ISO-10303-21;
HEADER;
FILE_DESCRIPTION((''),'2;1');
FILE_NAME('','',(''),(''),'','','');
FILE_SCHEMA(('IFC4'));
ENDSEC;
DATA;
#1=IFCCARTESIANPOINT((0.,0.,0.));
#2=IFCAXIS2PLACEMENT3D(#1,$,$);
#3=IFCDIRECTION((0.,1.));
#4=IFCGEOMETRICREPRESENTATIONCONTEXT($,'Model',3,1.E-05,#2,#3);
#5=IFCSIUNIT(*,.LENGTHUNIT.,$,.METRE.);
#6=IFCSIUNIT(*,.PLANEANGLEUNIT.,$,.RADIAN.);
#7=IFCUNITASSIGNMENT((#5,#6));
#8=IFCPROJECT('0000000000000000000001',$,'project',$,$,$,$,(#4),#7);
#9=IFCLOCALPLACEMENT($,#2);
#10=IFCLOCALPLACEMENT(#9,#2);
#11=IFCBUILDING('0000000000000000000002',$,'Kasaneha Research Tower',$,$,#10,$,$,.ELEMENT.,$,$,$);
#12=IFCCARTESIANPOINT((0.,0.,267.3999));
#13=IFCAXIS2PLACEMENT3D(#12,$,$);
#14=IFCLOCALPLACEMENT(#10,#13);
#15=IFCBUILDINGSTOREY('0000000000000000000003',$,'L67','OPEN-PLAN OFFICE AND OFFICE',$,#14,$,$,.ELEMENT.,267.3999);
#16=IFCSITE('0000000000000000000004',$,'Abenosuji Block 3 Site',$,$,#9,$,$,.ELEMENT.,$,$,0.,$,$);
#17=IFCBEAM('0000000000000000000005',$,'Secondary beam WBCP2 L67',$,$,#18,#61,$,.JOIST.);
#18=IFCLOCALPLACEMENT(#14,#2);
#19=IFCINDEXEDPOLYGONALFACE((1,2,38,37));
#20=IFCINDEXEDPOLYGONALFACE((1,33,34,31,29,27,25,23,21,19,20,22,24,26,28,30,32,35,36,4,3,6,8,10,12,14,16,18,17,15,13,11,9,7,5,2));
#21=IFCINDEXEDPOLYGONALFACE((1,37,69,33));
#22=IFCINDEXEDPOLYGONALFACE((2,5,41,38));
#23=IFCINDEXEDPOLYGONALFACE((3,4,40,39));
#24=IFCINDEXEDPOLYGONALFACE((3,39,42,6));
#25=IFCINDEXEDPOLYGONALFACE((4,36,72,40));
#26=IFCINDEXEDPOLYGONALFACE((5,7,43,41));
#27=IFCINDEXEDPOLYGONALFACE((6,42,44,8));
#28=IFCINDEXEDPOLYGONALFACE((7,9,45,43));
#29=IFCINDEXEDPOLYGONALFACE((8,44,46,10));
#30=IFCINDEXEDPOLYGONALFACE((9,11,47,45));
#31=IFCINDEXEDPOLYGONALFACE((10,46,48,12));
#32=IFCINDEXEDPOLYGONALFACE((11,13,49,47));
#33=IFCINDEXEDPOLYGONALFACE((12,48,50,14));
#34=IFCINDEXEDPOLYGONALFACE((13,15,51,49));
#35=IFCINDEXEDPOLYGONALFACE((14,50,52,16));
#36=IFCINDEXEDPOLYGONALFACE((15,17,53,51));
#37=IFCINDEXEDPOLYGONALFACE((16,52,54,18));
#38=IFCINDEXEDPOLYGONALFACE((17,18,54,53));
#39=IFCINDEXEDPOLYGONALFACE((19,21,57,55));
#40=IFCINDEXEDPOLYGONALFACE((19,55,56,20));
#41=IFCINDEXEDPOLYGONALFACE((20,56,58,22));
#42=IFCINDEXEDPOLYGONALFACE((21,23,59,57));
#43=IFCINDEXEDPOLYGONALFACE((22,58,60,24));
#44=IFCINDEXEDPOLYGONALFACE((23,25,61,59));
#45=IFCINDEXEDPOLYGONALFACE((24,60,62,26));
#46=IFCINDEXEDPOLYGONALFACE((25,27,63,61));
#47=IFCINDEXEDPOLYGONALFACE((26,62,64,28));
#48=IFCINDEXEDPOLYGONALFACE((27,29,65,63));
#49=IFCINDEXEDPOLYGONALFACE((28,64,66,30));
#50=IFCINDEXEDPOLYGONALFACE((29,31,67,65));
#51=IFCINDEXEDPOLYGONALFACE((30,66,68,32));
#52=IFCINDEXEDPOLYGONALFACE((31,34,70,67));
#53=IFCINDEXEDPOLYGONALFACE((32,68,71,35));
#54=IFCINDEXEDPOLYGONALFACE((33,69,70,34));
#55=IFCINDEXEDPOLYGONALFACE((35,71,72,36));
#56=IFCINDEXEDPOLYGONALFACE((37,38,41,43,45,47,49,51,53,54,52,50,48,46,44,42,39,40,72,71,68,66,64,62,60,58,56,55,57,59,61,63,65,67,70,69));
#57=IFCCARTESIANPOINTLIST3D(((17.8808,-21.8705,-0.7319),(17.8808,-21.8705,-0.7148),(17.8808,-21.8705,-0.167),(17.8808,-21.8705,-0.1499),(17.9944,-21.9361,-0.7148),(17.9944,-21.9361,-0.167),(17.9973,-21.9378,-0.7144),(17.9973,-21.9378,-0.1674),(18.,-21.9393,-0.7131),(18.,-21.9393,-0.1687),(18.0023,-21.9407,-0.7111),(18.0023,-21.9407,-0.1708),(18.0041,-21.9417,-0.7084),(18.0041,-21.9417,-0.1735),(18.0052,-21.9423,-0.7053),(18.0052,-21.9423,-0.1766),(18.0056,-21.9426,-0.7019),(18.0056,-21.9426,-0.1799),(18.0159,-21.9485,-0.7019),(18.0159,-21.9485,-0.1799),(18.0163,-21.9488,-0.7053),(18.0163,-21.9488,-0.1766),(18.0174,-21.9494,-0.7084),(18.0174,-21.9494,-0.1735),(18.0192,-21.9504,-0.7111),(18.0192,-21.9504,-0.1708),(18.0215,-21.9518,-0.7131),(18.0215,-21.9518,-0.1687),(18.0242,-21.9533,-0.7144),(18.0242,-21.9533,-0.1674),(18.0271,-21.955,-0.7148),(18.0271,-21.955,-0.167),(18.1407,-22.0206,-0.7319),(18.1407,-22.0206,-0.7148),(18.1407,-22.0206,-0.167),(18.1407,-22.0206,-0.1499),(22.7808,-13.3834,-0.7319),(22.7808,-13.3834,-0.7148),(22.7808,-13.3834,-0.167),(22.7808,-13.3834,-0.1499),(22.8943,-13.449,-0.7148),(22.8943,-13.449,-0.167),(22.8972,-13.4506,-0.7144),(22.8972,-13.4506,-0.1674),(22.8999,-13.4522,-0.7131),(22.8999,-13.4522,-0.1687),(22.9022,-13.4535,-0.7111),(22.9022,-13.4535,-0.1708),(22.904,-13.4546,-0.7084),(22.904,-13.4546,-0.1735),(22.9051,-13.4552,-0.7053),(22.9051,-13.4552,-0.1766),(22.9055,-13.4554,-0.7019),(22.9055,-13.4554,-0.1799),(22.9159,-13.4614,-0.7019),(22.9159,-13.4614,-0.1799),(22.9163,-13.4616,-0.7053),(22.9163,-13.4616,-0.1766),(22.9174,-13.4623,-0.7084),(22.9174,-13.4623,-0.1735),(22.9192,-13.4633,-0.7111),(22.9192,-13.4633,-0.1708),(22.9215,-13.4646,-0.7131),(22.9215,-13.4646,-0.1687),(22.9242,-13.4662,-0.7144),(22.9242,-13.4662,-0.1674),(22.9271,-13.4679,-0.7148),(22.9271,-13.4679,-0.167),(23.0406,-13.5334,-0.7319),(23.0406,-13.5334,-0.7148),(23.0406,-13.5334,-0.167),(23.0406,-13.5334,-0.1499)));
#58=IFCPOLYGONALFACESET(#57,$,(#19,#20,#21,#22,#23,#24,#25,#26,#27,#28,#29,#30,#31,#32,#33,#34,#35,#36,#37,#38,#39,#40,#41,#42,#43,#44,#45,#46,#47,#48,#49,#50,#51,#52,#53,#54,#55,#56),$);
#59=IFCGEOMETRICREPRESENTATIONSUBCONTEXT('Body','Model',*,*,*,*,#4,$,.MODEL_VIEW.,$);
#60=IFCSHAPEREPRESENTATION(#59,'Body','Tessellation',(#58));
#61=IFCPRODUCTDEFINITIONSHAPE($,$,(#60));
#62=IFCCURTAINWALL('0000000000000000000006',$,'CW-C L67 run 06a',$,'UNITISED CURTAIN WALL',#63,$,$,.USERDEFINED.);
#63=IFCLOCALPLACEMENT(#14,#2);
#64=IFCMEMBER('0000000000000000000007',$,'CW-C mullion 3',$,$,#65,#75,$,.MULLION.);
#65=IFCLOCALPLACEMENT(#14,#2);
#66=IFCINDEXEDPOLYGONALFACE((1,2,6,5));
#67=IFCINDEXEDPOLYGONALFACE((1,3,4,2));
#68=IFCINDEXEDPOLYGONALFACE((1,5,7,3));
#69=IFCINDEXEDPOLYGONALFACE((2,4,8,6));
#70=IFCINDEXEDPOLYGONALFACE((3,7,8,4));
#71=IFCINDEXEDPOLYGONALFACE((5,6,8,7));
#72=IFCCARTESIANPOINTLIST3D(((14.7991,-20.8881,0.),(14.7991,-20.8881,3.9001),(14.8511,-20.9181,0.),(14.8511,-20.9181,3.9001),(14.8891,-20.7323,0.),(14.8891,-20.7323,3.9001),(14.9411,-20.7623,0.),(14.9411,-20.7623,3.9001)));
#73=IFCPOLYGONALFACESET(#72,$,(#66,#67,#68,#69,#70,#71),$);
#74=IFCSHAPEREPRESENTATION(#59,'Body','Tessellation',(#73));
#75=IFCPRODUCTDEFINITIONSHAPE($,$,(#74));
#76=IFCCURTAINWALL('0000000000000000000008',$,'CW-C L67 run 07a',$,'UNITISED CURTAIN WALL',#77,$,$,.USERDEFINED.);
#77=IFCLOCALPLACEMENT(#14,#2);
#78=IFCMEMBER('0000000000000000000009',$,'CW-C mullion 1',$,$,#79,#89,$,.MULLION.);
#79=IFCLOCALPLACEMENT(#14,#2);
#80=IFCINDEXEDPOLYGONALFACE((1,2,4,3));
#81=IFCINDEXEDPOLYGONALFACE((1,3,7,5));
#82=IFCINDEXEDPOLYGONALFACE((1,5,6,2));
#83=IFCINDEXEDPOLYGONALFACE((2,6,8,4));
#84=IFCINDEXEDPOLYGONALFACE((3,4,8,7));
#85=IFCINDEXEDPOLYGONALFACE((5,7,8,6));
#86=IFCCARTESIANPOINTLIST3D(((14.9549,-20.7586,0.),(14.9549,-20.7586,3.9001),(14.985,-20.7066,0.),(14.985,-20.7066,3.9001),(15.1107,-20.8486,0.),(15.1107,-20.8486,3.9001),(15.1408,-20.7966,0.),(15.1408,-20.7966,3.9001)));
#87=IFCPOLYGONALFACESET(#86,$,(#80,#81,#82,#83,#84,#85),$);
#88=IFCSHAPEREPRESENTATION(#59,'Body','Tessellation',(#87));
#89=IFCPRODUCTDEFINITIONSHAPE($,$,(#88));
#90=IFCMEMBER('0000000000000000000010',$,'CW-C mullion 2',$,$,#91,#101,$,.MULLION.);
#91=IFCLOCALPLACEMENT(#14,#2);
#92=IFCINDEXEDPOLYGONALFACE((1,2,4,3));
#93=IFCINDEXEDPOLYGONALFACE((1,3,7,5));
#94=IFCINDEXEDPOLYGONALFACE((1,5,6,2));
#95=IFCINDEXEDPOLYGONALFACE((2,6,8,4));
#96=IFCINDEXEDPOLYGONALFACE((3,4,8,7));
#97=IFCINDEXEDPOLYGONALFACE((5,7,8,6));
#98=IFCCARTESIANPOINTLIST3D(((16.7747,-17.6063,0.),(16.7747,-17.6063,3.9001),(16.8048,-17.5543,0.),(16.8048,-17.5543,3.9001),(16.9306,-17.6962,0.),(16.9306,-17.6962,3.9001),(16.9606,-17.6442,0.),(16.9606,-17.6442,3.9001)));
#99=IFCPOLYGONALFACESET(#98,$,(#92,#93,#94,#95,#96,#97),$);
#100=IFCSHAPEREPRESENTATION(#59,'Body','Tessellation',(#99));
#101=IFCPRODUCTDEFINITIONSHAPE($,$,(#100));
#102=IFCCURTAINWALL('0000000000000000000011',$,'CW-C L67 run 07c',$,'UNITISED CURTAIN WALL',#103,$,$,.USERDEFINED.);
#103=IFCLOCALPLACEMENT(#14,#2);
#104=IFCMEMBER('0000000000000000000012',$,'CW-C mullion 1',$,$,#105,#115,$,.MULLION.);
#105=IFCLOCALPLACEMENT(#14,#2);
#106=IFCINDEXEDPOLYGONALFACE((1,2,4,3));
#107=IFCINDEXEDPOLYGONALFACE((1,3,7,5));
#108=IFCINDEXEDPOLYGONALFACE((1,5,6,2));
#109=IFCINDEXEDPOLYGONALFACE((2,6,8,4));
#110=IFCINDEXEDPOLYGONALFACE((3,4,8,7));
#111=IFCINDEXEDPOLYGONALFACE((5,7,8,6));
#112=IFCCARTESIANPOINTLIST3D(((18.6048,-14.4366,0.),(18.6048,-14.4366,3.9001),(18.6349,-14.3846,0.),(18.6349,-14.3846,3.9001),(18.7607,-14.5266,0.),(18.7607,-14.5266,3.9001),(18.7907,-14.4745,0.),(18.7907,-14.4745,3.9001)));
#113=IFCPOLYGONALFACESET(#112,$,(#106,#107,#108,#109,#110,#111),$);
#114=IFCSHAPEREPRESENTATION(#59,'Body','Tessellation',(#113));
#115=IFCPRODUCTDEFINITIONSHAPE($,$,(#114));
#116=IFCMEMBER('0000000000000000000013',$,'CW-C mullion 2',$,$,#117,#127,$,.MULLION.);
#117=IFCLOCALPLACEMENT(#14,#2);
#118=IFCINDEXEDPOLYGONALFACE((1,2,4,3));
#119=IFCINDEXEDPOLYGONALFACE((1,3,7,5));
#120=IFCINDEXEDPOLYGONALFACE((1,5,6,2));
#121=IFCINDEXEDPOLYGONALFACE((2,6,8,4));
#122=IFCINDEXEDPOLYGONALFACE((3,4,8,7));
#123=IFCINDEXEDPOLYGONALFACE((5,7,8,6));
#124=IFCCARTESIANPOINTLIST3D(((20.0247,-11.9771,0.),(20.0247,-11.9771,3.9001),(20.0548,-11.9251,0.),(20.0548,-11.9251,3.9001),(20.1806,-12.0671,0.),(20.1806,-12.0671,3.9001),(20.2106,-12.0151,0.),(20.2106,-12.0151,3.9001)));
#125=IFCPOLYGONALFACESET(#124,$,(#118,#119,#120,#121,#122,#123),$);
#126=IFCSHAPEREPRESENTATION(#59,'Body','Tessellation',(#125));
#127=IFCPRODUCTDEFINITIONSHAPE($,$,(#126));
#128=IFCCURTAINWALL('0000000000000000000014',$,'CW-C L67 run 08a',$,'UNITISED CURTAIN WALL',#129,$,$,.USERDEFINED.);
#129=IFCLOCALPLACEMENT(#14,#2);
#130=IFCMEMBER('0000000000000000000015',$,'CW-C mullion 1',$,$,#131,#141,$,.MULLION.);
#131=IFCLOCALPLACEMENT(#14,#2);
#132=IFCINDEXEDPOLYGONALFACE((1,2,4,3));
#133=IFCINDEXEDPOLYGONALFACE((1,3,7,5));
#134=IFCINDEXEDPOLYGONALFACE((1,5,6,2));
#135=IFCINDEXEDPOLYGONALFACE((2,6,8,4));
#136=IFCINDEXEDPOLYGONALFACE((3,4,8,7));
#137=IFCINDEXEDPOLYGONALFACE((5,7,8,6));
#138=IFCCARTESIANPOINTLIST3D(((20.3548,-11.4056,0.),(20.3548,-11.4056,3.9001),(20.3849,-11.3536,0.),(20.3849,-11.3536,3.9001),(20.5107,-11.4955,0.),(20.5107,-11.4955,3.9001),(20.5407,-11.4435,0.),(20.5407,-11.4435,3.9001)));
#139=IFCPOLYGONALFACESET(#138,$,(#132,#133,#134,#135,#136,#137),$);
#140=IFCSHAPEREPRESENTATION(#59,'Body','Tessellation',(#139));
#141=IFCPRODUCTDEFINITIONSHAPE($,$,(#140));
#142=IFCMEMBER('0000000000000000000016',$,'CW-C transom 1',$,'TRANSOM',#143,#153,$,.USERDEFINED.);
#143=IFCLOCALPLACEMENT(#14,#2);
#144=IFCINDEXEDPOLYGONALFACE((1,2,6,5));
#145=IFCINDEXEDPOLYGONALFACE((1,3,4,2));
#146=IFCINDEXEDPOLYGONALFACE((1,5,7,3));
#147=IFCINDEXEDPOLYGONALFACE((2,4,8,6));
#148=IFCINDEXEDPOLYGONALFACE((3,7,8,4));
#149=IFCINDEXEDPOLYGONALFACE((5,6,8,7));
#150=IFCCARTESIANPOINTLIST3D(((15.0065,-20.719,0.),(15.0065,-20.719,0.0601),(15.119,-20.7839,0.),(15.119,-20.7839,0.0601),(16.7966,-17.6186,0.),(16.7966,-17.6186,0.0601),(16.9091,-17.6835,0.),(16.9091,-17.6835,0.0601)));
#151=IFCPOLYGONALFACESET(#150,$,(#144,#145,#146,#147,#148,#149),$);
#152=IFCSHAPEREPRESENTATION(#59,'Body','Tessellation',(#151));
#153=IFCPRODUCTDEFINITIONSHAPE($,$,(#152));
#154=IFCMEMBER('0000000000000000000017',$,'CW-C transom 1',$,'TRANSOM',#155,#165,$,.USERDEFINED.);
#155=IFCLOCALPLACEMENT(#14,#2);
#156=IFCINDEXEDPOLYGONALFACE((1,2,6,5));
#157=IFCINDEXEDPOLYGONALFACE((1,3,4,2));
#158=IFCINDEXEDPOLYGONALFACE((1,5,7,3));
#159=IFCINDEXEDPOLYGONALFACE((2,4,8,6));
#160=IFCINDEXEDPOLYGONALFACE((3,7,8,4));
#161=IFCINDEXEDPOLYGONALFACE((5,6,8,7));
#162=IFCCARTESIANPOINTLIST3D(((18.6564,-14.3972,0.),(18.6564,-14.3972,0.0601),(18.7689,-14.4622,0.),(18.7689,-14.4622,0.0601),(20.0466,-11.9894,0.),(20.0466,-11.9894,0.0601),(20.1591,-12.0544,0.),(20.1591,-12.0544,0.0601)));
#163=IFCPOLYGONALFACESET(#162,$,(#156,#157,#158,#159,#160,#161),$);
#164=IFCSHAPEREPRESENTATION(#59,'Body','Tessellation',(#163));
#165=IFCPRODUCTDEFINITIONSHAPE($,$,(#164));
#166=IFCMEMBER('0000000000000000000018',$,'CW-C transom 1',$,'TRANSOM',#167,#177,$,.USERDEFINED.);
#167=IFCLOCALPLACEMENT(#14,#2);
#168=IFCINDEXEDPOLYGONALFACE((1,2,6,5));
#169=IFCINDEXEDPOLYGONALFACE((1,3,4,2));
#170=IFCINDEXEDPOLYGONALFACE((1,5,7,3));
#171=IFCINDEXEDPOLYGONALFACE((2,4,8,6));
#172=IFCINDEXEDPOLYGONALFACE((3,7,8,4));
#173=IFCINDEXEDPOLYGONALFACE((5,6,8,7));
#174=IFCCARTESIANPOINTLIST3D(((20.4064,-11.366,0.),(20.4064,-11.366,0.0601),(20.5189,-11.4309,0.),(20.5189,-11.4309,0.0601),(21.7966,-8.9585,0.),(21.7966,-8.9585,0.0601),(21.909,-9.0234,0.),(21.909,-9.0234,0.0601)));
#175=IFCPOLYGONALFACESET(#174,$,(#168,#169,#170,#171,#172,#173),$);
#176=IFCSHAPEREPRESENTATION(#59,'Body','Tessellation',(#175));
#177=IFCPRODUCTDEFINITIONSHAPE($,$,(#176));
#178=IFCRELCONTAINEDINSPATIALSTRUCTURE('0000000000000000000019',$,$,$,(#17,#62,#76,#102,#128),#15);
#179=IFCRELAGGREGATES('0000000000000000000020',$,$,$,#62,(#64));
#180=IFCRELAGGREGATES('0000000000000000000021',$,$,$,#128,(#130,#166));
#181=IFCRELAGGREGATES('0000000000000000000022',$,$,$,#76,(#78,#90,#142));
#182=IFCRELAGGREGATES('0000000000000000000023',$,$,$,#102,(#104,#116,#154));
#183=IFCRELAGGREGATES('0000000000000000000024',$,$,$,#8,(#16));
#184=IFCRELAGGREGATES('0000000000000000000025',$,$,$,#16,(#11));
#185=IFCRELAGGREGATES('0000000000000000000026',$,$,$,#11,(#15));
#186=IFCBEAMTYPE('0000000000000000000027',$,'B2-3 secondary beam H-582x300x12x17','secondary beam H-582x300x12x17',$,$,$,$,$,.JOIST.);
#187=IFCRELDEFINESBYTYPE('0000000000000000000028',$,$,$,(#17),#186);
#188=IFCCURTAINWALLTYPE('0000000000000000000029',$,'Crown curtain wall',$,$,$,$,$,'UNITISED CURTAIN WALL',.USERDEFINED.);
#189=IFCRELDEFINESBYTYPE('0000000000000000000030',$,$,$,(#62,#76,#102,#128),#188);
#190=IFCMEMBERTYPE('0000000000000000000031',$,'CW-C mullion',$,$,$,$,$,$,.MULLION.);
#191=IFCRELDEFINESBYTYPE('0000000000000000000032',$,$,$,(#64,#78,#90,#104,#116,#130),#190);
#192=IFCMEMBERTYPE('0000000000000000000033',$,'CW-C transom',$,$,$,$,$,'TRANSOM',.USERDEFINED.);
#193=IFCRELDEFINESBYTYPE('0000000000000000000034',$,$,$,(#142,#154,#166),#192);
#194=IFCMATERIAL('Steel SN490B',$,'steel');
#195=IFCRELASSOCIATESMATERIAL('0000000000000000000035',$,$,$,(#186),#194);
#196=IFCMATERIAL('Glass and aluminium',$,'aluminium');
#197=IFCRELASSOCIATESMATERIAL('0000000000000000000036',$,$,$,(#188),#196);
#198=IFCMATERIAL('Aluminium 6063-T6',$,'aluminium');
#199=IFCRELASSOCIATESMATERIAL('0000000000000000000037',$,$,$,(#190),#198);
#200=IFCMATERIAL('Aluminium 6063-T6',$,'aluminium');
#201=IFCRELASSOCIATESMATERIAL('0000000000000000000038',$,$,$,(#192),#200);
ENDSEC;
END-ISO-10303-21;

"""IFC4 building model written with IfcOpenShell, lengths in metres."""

from ifc_helpers import new_model, si_unit, direction, frame, origin, origin_2d, place, context, subcontext, project, spatial, rectangle, i_section, extrude, material, material_profile, profile_set, type_object, element, aggregate, save


model = new_model("IFC4")

# Units and contexts
model_context = context("Model", 3, precision=1e-05, world=origin(), true_north=direction((0.0, 1.0)))
body_context = subcontext(model_context, "Body", "Model", "MODEL_VIEW")
ifc_project = project(units=[si_unit("LENGTHUNIT", "METRE"), si_unit("PLANEANGLEUNIT", "RADIAN")], contexts=[model_context])

# Site, building, storey
site_placement = place(None, origin())
site = spatial("IfcSite", under=ifc_project, at=site_placement, Name="Abenosuji Block 3 Site", CompositionType="ELEMENT", RefElevation=0.0)
building_placement = place(site_placement, origin())
building = spatial("IfcBuilding", under=site, at=building_placement, Name="Kasaneha Research Tower", CompositionType="ELEMENT")
storey_placement = place(building_placement, frame((0.0, 0.0, 267.3999)))
storey = spatial("IfcBuildingStorey", under=building, at=storey_placement, Name="L67", Description="OPEN-PLAN OFFICE AND OFFICE", CompositionType="ELEMENT", Elevation=267.3999)

# Beam
ifc_material_1 = material(Name="Steel SN490B", Category="steel")
ifc_material_profile_1 = material_profile(ifc_material_1, i_section(OverallWidth=0.3, OverallDepth=0.582, WebThickness=0.012, FlangeThickness=0.0171, FilletRadius=0.0129, at=origin_2d()), Name="H-582x300x12x17")
ifc_profile_set_1 = profile_set([ifc_material_profile_1], Name="Steel SN490B")
beam_type_1 = type_object("IfcBeamType", Name="B2-3 secondary beam H-582x300x12x17", Description="secondary beam H-582x300x12x17", PredefinedType="JOIST", material=ifc_profile_set_1)
beam_1_placement = place(storey_placement, frame((18.0107, -21.9456, -0.4409), z_axis=(0.499992, 0.86603, 0.0), x_axis=(-0.86603, 0.499992, 0.0)))
element("IfcBeam", 1, at=beam_1_placement, inside=storey, type_object=beam_type_1, Name="Secondary beam WBCP2 L67", PredefinedType="JOIST", context=body_context, shape_type="SweptSolid", body=[
    extrude(i_section(OverallWidth=0.3, OverallDepth=0.582, WebThickness=0.012, FlangeThickness=0.0171, FilletRadius=0.0129, at=origin_2d()), origin(), (0.0, 0.0, 1.0), 9.8),
])

# Curtain wall, member
ifc_material_2 = material(Name="Glass and aluminium", Category="aluminium")
curtain_wall_type = type_object("IfcCurtainWallType", Name="Crown curtain wall", ElementType="UNITISED CURTAIN WALL", PredefinedType="USERDEFINED", material=ifc_material_2)
curtain_wall_1_placement = place(storey_placement, origin())
curtain_wall_1 = element("IfcCurtainWall", 2, at=curtain_wall_1_placement, inside=storey, type_object=curtain_wall_type, Name="CW-C L67 run 06a", ObjectType="UNITISED CURTAIN WALL", PredefinedType="USERDEFINED")
ifc_material_3 = material(Name="Aluminium 6063-T6", Category="aluminium")
ifc_material_profile_2 = material_profile(ifc_material_3, rectangle(XDim=0.0601, YDim=0.1799, at=origin_2d()), Name="CW-C mullion 60x180")
ifc_profile_set_2 = profile_set([ifc_material_profile_2], Name="Aluminium 6063-T6")
member_type_1 = type_object("IfcMemberType", Name="CW-C mullion", PredefinedType="MULLION", material=ifc_profile_set_2)
member_1_placement = place(storey_placement, frame((14.8701, -20.8252, 0.0), z_axis=(0.0, 0.0, 1.0), x_axis=(0.866025, -0.5, 0.0)))
member_1 = element("IfcMember", 3, at=member_1_placement, type_object=member_type_1, Name="CW-C mullion 3", PredefinedType="MULLION", context=body_context, shape_type="SweptSolid", body=[
    extrude(rectangle(XDim=0.0601, YDim=0.1799, at=origin_2d()), origin(), (0.0, 0.0, 1.0), 3.9001),
])
aggregate(curtain_wall_1, [member_1])

# Curtain walls, members
curtain_wall_2_placement = place(storey_placement, origin())
curtain_wall_2 = element("IfcCurtainWall", 4, at=curtain_wall_2_placement, inside=storey, type_object=curtain_wall_type, Name="CW-C L67 run 07a", ObjectType="UNITISED CURTAIN WALL", PredefinedType="USERDEFINED")
member_2_placement = place(storey_placement, frame((15.0479, -20.7776, 0.0), z_axis=(0.0, 0.0, 1.0), x_axis=(0.5, 0.866025, 0.0)))
member_2 = element("IfcMember", 5, at=member_2_placement, type_object=member_type_1, Name="CW-C mullion 1", PredefinedType="MULLION", context=body_context, shape_type="SweptSolid", body=[
    extrude(rectangle(XDim=0.0601, YDim=0.1799, at=origin_2d()), origin(), (0.0, 0.0, 1.0), 3.9001),
])
member_3_placement = place(storey_placement, frame((16.8677, -17.6252, 0.0), z_axis=(0.0, 0.0, 1.0), x_axis=(0.5, 0.866025, 0.0)))
member_3 = element("IfcMember", 6, at=member_3_placement, type_object=member_type_1, Name="CW-C mullion 2", PredefinedType="MULLION", context=body_context, shape_type="SweptSolid", body=[
    extrude(rectangle(XDim=0.0601, YDim=0.1799, at=origin_2d()), origin(), (0.0, 0.0, 1.0), 3.9001),
])
curtain_wall_3_placement = place(storey_placement, origin())
curtain_wall_3 = element("IfcCurtainWall", 7, at=curtain_wall_3_placement, inside=storey, type_object=curtain_wall_type, Name="CW-C L67 run 07c", ObjectType="UNITISED CURTAIN WALL", PredefinedType="USERDEFINED")
member_4_placement = place(storey_placement, frame((18.6978, -14.4556, 0.0), z_axis=(0.0, 0.0, 1.0), x_axis=(0.5, 0.866025, 0.0)))
member_4 = element("IfcMember", 8, at=member_4_placement, type_object=member_type_1, Name="CW-C mullion 1", PredefinedType="MULLION", context=body_context, shape_type="SweptSolid", body=[
    extrude(rectangle(XDim=0.0601, YDim=0.1799, at=origin_2d()), origin(), (0.0, 0.0, 1.0), 3.9001),
])
member_5_placement = place(storey_placement, frame((20.1177, -11.9961, 0.0), z_axis=(0.0, 0.0, 1.0), x_axis=(0.5, 0.866025, 0.0)))
member_5 = element("IfcMember", 9, at=member_5_placement, type_object=member_type_1, Name="CW-C mullion 2", PredefinedType="MULLION", context=body_context, shape_type="SweptSolid", body=[
    extrude(rectangle(XDim=0.0601, YDim=0.1799, at=origin_2d()), origin(), (0.0, 0.0, 1.0), 3.9001),
])

# Curtain wall, member
curtain_wall_4_placement = place(storey_placement, origin())
curtain_wall_4 = element("IfcCurtainWall", 10, at=curtain_wall_4_placement, inside=storey, type_object=curtain_wall_type, Name="CW-C L67 run 08a", ObjectType="UNITISED CURTAIN WALL", PredefinedType="USERDEFINED")
member_6_placement = place(storey_placement, frame((20.4478, -11.4246, 0.0), z_axis=(0.0, 0.0, 1.0), x_axis=(0.5, 0.866025, 0.0)))
member_6 = element("IfcMember", 11, at=member_6_placement, type_object=member_type_1, Name="CW-C mullion 1", PredefinedType="MULLION", context=body_context, shape_type="SweptSolid", body=[
    extrude(rectangle(XDim=0.0601, YDim=0.1799, at=origin_2d()), origin(), (0.0, 0.0, 1.0), 3.9001),
])

# Members
ifc_material_4 = material(Name="Aluminium 6063-T6", Category="aluminium")
ifc_material_profile_3 = material_profile(ifc_material_4, rectangle(XDim=0.1299, YDim=0.0601, at=origin_2d()), Name="CW-C transom 130x60")
ifc_profile_set_3 = profile_set([ifc_material_profile_3], Name="Aluminium 6063-T6")
member_type_2 = type_object("IfcMemberType", Name="CW-C transom", ElementType="TRANSOM", PredefinedType="USERDEFINED", material=ifc_profile_set_3)
member_7_placement = place(storey_placement, frame((15.0627, -20.7515, 0.03), z_axis=(0.500012, 0.866019, 0.0), x_axis=(-0.866019, 0.500012, 0.0)))
member_7 = element("IfcMember", 12, at=member_7_placement, type_object=member_type_2, Name="CW-C transom 1", ObjectType="TRANSOM", PredefinedType="USERDEFINED", context=body_context, shape_type="SweptSolid", body=[
    extrude(rectangle(XDim=0.1299, YDim=0.0601, at=origin_2d()), origin(), (0.0, 0.0, 1.0), 3.5801),
])
member_8_placement = place(storey_placement, frame((18.7126, -14.4297, 0.03), z_axis=(0.500011, 0.866019, 0.0), x_axis=(-0.866019, 0.500011, 0.0)))
member_8 = element("IfcMember", 13, at=member_8_placement, type_object=member_type_2, Name="CW-C transom 1", ObjectType="TRANSOM", PredefinedType="USERDEFINED", context=body_context, shape_type="SweptSolid", body=[
    extrude(rectangle(XDim=0.1299, YDim=0.0601, at=origin_2d()), origin(), (0.0, 0.0, 1.0), 2.7803),
])
member_9_placement = place(storey_placement, frame((20.4626, -11.3984, 0.03), z_axis=(0.500049, 0.865997, 0.0), x_axis=(-0.865997, 0.500049, 0.0)))
member_9 = element("IfcMember", 14, at=member_9_placement, type_object=member_type_2, Name="CW-C transom 1", ObjectType="TRANSOM", PredefinedType="USERDEFINED", context=body_context, shape_type="SweptSolid", body=[
    extrude(rectangle(XDim=0.1299, YDim=0.0601, at=origin_2d()), origin(), (0.0, 0.0, 1.0), 2.78),
])
aggregate(curtain_wall_4, [member_6, member_9])

aggregate(curtain_wall_2, [member_2, member_3, member_7])
aggregate(curtain_wall_3, [member_4, member_5, member_8])

save(model, "model.ifc")
